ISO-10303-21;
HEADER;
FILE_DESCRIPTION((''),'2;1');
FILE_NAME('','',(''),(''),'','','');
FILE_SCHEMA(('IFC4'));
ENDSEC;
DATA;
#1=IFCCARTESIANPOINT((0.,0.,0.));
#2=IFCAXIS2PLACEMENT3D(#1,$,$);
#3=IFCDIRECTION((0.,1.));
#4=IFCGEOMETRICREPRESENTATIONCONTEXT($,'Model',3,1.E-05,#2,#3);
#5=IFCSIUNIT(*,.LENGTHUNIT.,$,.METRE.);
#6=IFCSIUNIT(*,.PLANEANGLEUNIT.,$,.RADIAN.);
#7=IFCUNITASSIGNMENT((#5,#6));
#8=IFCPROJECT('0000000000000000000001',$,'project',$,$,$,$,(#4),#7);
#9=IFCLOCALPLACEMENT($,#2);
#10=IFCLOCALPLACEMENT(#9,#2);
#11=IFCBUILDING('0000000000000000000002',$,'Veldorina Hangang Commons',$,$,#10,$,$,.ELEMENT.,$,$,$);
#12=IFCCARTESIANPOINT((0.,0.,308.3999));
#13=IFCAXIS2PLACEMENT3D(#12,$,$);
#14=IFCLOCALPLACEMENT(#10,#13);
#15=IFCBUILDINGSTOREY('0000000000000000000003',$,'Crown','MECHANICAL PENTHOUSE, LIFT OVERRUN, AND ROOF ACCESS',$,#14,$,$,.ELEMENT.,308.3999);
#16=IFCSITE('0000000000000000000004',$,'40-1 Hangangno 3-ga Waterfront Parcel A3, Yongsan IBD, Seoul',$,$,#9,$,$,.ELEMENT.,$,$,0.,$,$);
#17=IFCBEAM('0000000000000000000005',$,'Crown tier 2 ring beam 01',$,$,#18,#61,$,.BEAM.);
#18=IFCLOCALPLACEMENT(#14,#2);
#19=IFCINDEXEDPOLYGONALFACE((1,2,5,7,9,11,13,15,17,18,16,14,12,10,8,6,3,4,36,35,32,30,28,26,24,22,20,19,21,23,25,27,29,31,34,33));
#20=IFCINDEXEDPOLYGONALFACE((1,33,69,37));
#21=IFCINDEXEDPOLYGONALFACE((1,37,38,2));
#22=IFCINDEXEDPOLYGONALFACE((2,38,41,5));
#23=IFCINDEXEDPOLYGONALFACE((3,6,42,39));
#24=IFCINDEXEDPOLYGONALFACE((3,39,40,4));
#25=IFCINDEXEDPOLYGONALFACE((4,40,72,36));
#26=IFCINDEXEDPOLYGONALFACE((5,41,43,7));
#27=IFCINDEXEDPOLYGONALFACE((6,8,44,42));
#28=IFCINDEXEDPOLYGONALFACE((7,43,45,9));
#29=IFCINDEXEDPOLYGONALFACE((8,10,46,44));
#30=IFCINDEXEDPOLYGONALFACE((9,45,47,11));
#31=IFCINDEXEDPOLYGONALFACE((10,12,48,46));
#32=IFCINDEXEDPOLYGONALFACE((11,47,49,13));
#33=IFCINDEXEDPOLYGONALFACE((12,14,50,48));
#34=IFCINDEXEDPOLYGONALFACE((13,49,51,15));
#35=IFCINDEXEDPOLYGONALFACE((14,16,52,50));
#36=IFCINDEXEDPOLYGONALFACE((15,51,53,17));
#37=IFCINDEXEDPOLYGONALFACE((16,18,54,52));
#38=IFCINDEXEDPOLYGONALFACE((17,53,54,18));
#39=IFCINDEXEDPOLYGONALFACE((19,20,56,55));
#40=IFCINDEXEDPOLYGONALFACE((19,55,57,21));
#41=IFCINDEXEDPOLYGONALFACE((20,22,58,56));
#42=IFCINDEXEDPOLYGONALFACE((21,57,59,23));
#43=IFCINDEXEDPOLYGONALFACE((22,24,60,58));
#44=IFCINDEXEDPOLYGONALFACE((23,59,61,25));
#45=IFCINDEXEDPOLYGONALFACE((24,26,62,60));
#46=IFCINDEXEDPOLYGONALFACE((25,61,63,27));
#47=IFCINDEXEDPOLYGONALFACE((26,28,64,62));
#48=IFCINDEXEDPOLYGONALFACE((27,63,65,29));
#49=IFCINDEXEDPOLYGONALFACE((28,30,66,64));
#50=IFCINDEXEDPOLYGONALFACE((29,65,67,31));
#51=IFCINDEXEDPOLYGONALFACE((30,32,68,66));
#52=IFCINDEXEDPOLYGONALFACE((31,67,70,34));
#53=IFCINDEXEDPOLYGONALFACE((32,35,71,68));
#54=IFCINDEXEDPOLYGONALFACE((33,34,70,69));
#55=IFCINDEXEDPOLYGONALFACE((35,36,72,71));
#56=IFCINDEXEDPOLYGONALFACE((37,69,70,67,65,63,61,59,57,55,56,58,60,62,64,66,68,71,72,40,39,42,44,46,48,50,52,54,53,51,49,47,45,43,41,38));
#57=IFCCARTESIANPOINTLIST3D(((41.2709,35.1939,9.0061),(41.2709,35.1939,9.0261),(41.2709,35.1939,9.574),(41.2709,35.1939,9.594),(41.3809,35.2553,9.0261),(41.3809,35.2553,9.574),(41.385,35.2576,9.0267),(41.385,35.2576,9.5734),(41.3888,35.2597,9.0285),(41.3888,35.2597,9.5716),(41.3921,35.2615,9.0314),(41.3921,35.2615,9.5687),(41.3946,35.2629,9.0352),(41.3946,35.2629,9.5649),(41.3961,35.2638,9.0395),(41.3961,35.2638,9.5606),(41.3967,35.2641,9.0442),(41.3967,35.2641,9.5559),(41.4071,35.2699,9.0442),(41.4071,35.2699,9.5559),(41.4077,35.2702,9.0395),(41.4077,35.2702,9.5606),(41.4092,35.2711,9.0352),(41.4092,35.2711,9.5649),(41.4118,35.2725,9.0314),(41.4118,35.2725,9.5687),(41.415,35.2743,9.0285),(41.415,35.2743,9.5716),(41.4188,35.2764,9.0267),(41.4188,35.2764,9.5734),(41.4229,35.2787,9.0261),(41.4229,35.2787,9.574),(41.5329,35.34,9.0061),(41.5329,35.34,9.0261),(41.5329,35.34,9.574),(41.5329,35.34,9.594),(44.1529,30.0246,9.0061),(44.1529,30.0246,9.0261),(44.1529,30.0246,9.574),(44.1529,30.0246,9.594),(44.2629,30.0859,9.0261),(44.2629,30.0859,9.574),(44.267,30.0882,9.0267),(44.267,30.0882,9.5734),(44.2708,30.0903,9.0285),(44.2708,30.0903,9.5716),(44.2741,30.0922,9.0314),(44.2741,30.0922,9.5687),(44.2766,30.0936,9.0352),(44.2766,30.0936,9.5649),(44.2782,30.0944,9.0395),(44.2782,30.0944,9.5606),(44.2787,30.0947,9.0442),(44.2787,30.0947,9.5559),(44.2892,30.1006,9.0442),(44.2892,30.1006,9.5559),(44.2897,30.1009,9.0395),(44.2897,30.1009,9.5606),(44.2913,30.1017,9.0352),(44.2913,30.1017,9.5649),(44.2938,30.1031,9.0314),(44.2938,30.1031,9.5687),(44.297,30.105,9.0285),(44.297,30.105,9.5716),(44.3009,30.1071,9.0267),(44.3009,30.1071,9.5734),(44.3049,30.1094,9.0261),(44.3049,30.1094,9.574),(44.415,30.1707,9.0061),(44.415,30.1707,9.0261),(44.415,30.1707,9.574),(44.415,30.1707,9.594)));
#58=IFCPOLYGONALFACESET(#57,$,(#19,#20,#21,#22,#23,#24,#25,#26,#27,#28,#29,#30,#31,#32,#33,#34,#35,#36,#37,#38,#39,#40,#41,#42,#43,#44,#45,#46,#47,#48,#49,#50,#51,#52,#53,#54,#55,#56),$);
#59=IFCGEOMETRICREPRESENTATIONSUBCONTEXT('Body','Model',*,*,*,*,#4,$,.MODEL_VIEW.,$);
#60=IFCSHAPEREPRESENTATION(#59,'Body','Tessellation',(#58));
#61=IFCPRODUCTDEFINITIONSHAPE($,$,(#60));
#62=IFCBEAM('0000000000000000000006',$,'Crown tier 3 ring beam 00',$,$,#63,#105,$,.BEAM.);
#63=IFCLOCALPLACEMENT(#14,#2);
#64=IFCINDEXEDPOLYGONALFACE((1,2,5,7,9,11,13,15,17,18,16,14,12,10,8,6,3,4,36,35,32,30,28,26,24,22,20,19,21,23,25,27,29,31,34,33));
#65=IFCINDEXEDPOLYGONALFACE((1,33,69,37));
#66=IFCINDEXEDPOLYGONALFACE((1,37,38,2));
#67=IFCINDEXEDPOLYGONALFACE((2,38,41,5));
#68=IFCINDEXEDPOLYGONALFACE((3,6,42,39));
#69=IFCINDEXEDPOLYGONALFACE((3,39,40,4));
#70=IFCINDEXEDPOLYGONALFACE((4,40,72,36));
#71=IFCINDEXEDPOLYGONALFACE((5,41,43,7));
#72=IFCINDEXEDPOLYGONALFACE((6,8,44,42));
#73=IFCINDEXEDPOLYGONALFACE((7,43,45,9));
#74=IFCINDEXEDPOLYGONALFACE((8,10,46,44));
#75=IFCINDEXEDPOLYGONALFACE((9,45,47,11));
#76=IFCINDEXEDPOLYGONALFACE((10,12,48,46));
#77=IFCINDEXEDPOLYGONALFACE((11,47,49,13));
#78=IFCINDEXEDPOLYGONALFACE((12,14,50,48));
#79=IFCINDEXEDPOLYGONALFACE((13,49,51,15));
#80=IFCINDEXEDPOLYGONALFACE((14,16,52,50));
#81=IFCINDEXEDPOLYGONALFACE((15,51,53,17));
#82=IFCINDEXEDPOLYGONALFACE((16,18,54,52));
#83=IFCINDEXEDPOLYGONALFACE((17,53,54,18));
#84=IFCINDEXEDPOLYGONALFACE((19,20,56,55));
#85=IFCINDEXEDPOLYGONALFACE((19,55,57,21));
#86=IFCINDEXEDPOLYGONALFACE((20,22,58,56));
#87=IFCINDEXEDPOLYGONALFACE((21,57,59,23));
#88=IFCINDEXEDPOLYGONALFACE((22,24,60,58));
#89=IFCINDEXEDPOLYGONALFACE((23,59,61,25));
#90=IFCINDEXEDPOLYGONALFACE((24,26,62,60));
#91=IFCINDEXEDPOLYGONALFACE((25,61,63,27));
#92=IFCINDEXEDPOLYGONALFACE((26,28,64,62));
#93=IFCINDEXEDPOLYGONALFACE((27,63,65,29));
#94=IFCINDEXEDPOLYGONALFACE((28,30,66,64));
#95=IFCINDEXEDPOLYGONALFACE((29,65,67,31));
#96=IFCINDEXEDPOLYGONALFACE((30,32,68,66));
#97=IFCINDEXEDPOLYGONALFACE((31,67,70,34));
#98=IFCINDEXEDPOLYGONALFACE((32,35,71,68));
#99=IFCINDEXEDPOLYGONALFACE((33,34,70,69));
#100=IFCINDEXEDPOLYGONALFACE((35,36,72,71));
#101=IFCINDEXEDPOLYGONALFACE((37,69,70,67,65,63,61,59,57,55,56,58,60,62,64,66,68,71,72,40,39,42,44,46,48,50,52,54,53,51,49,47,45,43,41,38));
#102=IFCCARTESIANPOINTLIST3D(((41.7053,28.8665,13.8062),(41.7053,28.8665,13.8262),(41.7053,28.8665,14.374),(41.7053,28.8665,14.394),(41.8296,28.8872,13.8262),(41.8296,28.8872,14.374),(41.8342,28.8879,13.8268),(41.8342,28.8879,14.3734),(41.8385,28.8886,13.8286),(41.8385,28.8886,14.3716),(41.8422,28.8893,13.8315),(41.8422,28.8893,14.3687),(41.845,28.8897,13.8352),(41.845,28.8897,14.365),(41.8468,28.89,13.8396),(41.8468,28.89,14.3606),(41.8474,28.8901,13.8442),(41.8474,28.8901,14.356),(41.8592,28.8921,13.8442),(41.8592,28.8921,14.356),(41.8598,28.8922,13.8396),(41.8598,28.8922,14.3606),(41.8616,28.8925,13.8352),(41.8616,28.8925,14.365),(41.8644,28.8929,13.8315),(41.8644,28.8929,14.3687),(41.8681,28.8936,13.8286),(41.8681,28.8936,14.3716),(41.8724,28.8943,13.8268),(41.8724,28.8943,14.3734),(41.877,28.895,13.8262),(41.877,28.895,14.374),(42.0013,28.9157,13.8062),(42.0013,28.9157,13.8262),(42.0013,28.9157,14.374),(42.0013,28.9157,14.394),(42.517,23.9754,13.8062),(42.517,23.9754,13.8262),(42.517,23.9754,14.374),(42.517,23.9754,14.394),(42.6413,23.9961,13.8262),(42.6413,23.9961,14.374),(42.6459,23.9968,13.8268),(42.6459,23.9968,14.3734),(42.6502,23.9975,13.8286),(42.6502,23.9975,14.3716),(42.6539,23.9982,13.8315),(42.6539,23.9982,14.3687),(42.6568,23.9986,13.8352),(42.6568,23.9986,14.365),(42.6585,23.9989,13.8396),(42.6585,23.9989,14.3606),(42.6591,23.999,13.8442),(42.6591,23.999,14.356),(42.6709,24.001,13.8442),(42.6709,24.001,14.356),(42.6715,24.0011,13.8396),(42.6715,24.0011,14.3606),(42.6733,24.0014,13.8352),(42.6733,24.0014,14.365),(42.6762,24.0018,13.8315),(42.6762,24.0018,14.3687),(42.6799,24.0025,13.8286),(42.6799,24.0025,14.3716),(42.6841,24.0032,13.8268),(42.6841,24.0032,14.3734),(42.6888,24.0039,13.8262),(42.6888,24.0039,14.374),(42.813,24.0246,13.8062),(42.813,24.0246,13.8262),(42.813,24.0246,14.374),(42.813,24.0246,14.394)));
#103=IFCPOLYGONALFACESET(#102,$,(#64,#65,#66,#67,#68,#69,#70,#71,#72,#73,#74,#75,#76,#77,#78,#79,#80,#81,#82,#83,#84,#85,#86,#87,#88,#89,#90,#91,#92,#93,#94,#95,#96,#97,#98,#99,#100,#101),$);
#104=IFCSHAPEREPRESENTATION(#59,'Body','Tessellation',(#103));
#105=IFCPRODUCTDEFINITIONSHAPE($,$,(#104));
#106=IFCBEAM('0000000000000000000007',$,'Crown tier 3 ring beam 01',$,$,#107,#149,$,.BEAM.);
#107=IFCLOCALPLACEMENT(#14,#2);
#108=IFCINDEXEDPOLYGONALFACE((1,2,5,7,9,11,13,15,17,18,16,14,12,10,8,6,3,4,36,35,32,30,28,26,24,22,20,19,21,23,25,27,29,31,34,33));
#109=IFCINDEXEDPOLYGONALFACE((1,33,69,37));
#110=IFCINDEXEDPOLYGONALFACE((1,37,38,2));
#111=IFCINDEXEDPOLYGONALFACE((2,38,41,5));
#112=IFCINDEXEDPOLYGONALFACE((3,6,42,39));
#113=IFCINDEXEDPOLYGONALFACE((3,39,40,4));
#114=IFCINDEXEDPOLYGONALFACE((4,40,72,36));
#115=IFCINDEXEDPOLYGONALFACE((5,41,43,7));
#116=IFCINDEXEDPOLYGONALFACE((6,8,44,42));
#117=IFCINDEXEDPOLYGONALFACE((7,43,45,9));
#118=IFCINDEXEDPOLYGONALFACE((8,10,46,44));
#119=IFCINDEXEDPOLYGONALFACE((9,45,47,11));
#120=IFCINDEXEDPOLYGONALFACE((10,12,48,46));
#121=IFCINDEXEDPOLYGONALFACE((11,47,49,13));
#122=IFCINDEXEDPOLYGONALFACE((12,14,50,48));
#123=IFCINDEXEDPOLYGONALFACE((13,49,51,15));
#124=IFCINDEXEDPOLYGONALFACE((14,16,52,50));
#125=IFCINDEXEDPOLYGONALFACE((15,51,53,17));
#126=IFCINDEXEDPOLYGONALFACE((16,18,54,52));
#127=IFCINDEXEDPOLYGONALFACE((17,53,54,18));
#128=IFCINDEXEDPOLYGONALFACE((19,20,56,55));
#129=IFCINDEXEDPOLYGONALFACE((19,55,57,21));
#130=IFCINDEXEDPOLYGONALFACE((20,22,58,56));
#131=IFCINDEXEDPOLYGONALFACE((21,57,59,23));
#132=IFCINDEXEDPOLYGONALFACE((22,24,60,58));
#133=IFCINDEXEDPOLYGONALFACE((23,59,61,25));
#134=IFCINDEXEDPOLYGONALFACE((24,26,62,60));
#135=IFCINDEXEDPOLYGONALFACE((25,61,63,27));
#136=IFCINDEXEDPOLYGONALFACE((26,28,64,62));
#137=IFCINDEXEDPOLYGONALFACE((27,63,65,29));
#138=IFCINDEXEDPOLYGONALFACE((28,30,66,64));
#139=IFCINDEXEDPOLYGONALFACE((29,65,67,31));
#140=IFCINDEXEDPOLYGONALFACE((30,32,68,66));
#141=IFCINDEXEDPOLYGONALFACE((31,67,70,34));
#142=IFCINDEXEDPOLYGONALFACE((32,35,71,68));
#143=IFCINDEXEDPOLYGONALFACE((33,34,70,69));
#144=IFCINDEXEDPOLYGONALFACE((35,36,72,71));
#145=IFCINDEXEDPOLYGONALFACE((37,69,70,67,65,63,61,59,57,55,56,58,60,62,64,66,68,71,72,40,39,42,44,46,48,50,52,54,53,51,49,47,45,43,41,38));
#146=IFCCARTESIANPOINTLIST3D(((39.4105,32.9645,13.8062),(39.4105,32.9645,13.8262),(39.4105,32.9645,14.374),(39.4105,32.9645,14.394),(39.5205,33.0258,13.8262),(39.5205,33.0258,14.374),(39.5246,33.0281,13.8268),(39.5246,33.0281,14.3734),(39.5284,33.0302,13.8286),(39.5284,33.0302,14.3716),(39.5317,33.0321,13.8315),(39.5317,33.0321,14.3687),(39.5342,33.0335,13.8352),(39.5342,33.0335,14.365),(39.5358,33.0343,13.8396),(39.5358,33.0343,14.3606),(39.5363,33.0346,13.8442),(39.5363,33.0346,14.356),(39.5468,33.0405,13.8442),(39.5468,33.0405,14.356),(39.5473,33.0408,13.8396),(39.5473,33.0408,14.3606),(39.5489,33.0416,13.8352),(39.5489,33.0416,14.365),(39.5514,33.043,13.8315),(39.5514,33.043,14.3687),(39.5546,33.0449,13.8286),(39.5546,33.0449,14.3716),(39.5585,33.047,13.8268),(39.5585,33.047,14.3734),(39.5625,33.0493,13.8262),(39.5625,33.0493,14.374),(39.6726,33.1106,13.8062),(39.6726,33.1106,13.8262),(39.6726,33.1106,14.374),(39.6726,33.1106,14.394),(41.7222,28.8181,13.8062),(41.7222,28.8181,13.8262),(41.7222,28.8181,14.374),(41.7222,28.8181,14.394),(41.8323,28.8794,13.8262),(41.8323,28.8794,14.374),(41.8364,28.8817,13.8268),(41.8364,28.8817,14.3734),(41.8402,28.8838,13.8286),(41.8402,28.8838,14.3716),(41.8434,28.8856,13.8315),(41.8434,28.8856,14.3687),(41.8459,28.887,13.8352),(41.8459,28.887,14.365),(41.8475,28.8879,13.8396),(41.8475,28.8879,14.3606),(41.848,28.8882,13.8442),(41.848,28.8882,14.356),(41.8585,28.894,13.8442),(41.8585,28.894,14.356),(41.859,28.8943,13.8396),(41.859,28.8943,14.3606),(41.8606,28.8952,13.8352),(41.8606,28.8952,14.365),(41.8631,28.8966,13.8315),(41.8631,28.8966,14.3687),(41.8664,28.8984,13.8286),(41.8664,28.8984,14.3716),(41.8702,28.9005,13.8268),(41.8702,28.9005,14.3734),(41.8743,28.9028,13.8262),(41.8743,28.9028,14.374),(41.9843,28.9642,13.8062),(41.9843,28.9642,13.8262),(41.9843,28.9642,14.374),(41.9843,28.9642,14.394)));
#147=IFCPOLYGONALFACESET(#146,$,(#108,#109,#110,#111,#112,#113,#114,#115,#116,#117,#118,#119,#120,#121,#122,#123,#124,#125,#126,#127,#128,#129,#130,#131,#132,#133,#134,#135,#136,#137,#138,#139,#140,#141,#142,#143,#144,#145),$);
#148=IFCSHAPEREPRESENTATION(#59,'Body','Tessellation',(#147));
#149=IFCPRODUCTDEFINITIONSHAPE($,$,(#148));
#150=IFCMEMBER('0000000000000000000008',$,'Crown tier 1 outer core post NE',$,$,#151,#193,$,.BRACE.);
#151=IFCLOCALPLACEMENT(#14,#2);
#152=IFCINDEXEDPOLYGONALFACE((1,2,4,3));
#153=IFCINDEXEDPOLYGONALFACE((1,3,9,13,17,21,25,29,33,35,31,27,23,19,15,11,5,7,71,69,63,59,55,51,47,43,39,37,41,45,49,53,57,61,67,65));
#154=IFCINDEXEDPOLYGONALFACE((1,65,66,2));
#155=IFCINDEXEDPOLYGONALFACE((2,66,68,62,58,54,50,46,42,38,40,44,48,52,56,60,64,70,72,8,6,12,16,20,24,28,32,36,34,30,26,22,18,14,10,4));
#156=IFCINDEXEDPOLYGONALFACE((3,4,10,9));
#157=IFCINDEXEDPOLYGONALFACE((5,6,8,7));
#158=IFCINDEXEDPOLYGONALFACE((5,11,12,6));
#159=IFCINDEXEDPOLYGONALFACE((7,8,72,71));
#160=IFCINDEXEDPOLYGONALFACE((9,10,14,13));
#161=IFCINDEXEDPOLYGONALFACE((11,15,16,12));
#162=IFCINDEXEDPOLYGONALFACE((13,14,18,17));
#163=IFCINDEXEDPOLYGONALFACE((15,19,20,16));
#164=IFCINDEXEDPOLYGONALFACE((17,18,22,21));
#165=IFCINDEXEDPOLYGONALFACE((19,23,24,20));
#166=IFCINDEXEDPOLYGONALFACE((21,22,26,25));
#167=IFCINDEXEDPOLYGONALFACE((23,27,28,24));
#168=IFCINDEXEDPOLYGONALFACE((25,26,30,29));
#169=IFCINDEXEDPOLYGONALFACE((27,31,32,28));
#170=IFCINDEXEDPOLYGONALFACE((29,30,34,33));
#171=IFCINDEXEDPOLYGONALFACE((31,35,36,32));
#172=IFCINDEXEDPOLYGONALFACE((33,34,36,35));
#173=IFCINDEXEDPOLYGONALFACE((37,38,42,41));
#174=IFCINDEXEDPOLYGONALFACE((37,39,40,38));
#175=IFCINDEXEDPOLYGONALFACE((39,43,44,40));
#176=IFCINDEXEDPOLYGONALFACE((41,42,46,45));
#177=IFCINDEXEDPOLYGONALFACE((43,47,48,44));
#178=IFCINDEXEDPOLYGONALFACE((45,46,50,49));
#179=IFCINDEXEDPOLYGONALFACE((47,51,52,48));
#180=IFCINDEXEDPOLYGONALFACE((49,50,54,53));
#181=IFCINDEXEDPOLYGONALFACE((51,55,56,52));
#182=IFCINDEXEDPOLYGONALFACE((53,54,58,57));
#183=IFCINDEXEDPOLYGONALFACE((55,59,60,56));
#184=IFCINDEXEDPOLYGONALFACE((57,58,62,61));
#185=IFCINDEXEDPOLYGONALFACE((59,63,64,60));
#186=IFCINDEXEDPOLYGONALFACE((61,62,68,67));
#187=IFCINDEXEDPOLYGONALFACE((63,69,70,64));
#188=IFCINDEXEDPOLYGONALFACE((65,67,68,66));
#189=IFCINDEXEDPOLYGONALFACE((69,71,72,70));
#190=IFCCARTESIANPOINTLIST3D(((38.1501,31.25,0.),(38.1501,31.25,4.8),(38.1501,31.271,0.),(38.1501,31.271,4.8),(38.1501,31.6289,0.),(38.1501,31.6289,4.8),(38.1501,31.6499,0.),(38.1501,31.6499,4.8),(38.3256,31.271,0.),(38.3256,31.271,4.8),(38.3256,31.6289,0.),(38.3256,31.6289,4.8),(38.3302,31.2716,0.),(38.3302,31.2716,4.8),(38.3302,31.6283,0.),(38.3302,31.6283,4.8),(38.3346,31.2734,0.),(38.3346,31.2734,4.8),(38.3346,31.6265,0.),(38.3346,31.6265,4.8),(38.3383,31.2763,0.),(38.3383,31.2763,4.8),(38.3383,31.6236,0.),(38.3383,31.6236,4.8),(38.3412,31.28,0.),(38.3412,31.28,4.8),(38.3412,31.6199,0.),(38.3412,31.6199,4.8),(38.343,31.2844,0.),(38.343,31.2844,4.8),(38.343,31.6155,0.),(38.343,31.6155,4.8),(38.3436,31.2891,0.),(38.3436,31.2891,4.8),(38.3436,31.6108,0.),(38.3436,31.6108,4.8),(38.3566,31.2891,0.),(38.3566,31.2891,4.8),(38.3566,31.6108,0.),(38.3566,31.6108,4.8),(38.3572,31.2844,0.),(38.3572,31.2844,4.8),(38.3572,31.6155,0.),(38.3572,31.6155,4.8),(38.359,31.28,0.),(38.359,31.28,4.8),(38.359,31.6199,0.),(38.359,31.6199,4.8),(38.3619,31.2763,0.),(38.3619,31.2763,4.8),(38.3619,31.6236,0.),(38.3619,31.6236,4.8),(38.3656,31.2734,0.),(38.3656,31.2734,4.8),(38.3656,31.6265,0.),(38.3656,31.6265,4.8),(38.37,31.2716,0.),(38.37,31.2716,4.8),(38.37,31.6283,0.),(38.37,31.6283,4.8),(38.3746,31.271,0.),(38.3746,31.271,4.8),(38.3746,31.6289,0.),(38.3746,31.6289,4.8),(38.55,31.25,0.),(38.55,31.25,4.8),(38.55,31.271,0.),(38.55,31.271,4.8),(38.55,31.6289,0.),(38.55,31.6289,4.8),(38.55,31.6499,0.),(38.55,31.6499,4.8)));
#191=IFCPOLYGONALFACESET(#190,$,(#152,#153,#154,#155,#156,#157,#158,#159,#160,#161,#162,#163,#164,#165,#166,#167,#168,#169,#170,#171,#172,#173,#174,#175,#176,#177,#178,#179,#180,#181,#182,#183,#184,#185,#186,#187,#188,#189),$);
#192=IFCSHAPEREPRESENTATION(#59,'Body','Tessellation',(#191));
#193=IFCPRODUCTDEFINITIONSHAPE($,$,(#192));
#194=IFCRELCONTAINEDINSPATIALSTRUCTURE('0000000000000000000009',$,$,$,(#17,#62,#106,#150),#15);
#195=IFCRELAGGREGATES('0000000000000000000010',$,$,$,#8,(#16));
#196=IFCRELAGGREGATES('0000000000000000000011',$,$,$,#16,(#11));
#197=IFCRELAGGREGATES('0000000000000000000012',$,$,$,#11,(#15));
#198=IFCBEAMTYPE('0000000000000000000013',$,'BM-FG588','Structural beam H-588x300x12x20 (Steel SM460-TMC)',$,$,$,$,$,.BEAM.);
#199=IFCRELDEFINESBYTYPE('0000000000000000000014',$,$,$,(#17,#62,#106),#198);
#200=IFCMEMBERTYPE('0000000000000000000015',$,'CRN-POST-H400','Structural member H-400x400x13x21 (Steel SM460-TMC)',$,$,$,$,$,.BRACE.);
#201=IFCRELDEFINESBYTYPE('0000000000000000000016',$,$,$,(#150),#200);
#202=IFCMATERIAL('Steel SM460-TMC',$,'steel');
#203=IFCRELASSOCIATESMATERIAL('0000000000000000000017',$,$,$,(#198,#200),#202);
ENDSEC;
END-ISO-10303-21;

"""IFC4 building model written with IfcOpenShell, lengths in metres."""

from ifc_helpers import new_model, si_unit, direction, frame, origin, origin_2d, place, context, subcontext, project, spatial, i_section, extrude, material, material_profile, profile_set, type_object, element, save


model = new_model("IFC4")

# Units and contexts
model_context = context("Model", 3, precision=1e-05, world=origin(), true_north=direction((0.0, 1.0)))
body_context = subcontext(model_context, "Body", "Model", "MODEL_VIEW")
ifc_project = project(units=[si_unit("LENGTHUNIT", "METRE"), si_unit("PLANEANGLEUNIT", "RADIAN")], contexts=[model_context])

# Site, building, storey
site_placement = place(None, origin())
site = spatial("IfcSite", under=ifc_project, at=site_placement, Name="40-1 Hangangno 3-ga Waterfront Parcel A3, Yongsan IBD, Seoul", CompositionType="ELEMENT", RefElevation=0.0)
building_placement = place(site_placement, origin())
building = spatial("IfcBuilding", under=site, at=building_placement, Name="Veldorina Hangang Commons", CompositionType="ELEMENT")
storey_placement = place(building_placement, frame((0.0, 0.0, 308.3999)))
storey = spatial("IfcBuildingStorey", under=building, at=storey_placement, Name="Crown", Description="MECHANICAL PENTHOUSE, LIFT OVERRUN, AND ROOF ACCESS", CompositionType="ELEMENT", Elevation=308.3999)

# Beams
ifc_material_1 = material(Name="Steel SM460-TMC", Category="steel")
ifc_material_profile_1 = material_profile(ifc_material_1, i_section(OverallWidth=0.3, OverallDepth=0.5879, WebThickness=0.012, FlangeThickness=0.02, FilletRadius=0.0181, at=origin_2d()), Name="H-588x300x12x20")
ifc_profile_set_1 = profile_set([ifc_material_profile_1], Name="Steel SM460-TMC")
beam_type = type_object("IfcBeamType", Name="BM-FG588", Description="Structural beam H-588x300x12x20 (Steel SM460-TMC)", PredefinedType="BEAM", material=ifc_profile_set_1)
beam_1_placement = place(storey_placement, frame((44.2839, 30.0977, 9.3), z_axis=(-0.486956, 0.873427, 0.0), x_axis=(-0.873427, -0.486956, 0.0)))
element("IfcBeam", 1, at=beam_1_placement, inside=storey, type_object=beam_type, Name="Crown tier 2 ring beam 01", PredefinedType="BEAM", context=body_context, shape_type="SweptSolid", body=[
    extrude(i_section(OverallWidth=0.3, OverallDepth=0.5879, WebThickness=0.012, FlangeThickness=0.02, FilletRadius=0.0181, at=origin_2d()), origin(), (0.0, 0.0, 1.0), 5.9185),
])
beam_2_placement = place(storey_placement, frame((42.665, 24.0, 14.1001), z_axis=(-0.163728, 0.986505, 0.0), x_axis=(-0.986505, -0.163728, 0.0)))
element("IfcBeam", 2, at=beam_2_placement, inside=storey, type_object=beam_type, Name="Crown tier 3 ring beam 00", PredefinedType="BEAM", context=body_context, shape_type="SweptSolid", body=[
    extrude(i_section(OverallWidth=0.3, OverallDepth=0.5879, WebThickness=0.012, FlangeThickness=0.02, FilletRadius=0.0181, at=origin_2d()), origin(), (0.0, 0.0, 1.0), 4.958),
])
beam_3_placement = place(storey_placement, frame((41.8533, 28.8911, 14.1001), z_axis=(-0.486957, 0.873426, 0.0), x_axis=(-0.873426, -0.486957, 0.0)))
element("IfcBeam", 3, at=beam_3_placement, inside=storey, type_object=beam_type, Name="Crown tier 3 ring beam 01", PredefinedType="BEAM", context=body_context, shape_type="SweptSolid", body=[
    extrude(i_section(OverallWidth=0.3, OverallDepth=0.5879, WebThickness=0.012, FlangeThickness=0.02, FilletRadius=0.0181, at=origin_2d()), origin(), (0.0, 0.0, 1.0), 4.7473),
])

# Member
ifc_material_profile_2 = material_profile(ifc_material_1, i_section(OverallWidth=0.3999, OverallDepth=0.3999, WebThickness=0.0129, FlangeThickness=0.021, FilletRadius=0.0181, at=origin_2d()), Name="H-400x400x13x21")
ifc_profile_set_2 = profile_set([ifc_material_profile_2], Name="Steel SM460-TMC")
member_type_1 = type_object("IfcMemberType", Name="CRN-POST-H400", Description="Structural member H-400x400x13x21 (Steel SM460-TMC)", PredefinedType="BRACE", material=ifc_profile_set_2)
for number, where, z_axis, x_axis, name in (
    (4, (38.3501, 31.45, 0.0), (0.0, 0.0, 1.0), (1.0, 0.0, 0.0), "Crown tier 1 outer core post NE"),
):
    element("IfcMember", number, at=place(storey_placement, frame(where, z_axis=z_axis, x_axis=x_axis)), inside=storey, type_object=member_type_1, Name=name, PredefinedType="BRACE", context=body_context, shape_type="SweptSolid", body=[
        extrude(i_section(OverallWidth=0.3999, OverallDepth=0.3999, WebThickness=0.0129, FlangeThickness=0.021, FilletRadius=0.0181, at=origin_2d()), origin(), (0.0, 0.0, 1.0), 4.8),
    ])

save(model, "model.ifc")
